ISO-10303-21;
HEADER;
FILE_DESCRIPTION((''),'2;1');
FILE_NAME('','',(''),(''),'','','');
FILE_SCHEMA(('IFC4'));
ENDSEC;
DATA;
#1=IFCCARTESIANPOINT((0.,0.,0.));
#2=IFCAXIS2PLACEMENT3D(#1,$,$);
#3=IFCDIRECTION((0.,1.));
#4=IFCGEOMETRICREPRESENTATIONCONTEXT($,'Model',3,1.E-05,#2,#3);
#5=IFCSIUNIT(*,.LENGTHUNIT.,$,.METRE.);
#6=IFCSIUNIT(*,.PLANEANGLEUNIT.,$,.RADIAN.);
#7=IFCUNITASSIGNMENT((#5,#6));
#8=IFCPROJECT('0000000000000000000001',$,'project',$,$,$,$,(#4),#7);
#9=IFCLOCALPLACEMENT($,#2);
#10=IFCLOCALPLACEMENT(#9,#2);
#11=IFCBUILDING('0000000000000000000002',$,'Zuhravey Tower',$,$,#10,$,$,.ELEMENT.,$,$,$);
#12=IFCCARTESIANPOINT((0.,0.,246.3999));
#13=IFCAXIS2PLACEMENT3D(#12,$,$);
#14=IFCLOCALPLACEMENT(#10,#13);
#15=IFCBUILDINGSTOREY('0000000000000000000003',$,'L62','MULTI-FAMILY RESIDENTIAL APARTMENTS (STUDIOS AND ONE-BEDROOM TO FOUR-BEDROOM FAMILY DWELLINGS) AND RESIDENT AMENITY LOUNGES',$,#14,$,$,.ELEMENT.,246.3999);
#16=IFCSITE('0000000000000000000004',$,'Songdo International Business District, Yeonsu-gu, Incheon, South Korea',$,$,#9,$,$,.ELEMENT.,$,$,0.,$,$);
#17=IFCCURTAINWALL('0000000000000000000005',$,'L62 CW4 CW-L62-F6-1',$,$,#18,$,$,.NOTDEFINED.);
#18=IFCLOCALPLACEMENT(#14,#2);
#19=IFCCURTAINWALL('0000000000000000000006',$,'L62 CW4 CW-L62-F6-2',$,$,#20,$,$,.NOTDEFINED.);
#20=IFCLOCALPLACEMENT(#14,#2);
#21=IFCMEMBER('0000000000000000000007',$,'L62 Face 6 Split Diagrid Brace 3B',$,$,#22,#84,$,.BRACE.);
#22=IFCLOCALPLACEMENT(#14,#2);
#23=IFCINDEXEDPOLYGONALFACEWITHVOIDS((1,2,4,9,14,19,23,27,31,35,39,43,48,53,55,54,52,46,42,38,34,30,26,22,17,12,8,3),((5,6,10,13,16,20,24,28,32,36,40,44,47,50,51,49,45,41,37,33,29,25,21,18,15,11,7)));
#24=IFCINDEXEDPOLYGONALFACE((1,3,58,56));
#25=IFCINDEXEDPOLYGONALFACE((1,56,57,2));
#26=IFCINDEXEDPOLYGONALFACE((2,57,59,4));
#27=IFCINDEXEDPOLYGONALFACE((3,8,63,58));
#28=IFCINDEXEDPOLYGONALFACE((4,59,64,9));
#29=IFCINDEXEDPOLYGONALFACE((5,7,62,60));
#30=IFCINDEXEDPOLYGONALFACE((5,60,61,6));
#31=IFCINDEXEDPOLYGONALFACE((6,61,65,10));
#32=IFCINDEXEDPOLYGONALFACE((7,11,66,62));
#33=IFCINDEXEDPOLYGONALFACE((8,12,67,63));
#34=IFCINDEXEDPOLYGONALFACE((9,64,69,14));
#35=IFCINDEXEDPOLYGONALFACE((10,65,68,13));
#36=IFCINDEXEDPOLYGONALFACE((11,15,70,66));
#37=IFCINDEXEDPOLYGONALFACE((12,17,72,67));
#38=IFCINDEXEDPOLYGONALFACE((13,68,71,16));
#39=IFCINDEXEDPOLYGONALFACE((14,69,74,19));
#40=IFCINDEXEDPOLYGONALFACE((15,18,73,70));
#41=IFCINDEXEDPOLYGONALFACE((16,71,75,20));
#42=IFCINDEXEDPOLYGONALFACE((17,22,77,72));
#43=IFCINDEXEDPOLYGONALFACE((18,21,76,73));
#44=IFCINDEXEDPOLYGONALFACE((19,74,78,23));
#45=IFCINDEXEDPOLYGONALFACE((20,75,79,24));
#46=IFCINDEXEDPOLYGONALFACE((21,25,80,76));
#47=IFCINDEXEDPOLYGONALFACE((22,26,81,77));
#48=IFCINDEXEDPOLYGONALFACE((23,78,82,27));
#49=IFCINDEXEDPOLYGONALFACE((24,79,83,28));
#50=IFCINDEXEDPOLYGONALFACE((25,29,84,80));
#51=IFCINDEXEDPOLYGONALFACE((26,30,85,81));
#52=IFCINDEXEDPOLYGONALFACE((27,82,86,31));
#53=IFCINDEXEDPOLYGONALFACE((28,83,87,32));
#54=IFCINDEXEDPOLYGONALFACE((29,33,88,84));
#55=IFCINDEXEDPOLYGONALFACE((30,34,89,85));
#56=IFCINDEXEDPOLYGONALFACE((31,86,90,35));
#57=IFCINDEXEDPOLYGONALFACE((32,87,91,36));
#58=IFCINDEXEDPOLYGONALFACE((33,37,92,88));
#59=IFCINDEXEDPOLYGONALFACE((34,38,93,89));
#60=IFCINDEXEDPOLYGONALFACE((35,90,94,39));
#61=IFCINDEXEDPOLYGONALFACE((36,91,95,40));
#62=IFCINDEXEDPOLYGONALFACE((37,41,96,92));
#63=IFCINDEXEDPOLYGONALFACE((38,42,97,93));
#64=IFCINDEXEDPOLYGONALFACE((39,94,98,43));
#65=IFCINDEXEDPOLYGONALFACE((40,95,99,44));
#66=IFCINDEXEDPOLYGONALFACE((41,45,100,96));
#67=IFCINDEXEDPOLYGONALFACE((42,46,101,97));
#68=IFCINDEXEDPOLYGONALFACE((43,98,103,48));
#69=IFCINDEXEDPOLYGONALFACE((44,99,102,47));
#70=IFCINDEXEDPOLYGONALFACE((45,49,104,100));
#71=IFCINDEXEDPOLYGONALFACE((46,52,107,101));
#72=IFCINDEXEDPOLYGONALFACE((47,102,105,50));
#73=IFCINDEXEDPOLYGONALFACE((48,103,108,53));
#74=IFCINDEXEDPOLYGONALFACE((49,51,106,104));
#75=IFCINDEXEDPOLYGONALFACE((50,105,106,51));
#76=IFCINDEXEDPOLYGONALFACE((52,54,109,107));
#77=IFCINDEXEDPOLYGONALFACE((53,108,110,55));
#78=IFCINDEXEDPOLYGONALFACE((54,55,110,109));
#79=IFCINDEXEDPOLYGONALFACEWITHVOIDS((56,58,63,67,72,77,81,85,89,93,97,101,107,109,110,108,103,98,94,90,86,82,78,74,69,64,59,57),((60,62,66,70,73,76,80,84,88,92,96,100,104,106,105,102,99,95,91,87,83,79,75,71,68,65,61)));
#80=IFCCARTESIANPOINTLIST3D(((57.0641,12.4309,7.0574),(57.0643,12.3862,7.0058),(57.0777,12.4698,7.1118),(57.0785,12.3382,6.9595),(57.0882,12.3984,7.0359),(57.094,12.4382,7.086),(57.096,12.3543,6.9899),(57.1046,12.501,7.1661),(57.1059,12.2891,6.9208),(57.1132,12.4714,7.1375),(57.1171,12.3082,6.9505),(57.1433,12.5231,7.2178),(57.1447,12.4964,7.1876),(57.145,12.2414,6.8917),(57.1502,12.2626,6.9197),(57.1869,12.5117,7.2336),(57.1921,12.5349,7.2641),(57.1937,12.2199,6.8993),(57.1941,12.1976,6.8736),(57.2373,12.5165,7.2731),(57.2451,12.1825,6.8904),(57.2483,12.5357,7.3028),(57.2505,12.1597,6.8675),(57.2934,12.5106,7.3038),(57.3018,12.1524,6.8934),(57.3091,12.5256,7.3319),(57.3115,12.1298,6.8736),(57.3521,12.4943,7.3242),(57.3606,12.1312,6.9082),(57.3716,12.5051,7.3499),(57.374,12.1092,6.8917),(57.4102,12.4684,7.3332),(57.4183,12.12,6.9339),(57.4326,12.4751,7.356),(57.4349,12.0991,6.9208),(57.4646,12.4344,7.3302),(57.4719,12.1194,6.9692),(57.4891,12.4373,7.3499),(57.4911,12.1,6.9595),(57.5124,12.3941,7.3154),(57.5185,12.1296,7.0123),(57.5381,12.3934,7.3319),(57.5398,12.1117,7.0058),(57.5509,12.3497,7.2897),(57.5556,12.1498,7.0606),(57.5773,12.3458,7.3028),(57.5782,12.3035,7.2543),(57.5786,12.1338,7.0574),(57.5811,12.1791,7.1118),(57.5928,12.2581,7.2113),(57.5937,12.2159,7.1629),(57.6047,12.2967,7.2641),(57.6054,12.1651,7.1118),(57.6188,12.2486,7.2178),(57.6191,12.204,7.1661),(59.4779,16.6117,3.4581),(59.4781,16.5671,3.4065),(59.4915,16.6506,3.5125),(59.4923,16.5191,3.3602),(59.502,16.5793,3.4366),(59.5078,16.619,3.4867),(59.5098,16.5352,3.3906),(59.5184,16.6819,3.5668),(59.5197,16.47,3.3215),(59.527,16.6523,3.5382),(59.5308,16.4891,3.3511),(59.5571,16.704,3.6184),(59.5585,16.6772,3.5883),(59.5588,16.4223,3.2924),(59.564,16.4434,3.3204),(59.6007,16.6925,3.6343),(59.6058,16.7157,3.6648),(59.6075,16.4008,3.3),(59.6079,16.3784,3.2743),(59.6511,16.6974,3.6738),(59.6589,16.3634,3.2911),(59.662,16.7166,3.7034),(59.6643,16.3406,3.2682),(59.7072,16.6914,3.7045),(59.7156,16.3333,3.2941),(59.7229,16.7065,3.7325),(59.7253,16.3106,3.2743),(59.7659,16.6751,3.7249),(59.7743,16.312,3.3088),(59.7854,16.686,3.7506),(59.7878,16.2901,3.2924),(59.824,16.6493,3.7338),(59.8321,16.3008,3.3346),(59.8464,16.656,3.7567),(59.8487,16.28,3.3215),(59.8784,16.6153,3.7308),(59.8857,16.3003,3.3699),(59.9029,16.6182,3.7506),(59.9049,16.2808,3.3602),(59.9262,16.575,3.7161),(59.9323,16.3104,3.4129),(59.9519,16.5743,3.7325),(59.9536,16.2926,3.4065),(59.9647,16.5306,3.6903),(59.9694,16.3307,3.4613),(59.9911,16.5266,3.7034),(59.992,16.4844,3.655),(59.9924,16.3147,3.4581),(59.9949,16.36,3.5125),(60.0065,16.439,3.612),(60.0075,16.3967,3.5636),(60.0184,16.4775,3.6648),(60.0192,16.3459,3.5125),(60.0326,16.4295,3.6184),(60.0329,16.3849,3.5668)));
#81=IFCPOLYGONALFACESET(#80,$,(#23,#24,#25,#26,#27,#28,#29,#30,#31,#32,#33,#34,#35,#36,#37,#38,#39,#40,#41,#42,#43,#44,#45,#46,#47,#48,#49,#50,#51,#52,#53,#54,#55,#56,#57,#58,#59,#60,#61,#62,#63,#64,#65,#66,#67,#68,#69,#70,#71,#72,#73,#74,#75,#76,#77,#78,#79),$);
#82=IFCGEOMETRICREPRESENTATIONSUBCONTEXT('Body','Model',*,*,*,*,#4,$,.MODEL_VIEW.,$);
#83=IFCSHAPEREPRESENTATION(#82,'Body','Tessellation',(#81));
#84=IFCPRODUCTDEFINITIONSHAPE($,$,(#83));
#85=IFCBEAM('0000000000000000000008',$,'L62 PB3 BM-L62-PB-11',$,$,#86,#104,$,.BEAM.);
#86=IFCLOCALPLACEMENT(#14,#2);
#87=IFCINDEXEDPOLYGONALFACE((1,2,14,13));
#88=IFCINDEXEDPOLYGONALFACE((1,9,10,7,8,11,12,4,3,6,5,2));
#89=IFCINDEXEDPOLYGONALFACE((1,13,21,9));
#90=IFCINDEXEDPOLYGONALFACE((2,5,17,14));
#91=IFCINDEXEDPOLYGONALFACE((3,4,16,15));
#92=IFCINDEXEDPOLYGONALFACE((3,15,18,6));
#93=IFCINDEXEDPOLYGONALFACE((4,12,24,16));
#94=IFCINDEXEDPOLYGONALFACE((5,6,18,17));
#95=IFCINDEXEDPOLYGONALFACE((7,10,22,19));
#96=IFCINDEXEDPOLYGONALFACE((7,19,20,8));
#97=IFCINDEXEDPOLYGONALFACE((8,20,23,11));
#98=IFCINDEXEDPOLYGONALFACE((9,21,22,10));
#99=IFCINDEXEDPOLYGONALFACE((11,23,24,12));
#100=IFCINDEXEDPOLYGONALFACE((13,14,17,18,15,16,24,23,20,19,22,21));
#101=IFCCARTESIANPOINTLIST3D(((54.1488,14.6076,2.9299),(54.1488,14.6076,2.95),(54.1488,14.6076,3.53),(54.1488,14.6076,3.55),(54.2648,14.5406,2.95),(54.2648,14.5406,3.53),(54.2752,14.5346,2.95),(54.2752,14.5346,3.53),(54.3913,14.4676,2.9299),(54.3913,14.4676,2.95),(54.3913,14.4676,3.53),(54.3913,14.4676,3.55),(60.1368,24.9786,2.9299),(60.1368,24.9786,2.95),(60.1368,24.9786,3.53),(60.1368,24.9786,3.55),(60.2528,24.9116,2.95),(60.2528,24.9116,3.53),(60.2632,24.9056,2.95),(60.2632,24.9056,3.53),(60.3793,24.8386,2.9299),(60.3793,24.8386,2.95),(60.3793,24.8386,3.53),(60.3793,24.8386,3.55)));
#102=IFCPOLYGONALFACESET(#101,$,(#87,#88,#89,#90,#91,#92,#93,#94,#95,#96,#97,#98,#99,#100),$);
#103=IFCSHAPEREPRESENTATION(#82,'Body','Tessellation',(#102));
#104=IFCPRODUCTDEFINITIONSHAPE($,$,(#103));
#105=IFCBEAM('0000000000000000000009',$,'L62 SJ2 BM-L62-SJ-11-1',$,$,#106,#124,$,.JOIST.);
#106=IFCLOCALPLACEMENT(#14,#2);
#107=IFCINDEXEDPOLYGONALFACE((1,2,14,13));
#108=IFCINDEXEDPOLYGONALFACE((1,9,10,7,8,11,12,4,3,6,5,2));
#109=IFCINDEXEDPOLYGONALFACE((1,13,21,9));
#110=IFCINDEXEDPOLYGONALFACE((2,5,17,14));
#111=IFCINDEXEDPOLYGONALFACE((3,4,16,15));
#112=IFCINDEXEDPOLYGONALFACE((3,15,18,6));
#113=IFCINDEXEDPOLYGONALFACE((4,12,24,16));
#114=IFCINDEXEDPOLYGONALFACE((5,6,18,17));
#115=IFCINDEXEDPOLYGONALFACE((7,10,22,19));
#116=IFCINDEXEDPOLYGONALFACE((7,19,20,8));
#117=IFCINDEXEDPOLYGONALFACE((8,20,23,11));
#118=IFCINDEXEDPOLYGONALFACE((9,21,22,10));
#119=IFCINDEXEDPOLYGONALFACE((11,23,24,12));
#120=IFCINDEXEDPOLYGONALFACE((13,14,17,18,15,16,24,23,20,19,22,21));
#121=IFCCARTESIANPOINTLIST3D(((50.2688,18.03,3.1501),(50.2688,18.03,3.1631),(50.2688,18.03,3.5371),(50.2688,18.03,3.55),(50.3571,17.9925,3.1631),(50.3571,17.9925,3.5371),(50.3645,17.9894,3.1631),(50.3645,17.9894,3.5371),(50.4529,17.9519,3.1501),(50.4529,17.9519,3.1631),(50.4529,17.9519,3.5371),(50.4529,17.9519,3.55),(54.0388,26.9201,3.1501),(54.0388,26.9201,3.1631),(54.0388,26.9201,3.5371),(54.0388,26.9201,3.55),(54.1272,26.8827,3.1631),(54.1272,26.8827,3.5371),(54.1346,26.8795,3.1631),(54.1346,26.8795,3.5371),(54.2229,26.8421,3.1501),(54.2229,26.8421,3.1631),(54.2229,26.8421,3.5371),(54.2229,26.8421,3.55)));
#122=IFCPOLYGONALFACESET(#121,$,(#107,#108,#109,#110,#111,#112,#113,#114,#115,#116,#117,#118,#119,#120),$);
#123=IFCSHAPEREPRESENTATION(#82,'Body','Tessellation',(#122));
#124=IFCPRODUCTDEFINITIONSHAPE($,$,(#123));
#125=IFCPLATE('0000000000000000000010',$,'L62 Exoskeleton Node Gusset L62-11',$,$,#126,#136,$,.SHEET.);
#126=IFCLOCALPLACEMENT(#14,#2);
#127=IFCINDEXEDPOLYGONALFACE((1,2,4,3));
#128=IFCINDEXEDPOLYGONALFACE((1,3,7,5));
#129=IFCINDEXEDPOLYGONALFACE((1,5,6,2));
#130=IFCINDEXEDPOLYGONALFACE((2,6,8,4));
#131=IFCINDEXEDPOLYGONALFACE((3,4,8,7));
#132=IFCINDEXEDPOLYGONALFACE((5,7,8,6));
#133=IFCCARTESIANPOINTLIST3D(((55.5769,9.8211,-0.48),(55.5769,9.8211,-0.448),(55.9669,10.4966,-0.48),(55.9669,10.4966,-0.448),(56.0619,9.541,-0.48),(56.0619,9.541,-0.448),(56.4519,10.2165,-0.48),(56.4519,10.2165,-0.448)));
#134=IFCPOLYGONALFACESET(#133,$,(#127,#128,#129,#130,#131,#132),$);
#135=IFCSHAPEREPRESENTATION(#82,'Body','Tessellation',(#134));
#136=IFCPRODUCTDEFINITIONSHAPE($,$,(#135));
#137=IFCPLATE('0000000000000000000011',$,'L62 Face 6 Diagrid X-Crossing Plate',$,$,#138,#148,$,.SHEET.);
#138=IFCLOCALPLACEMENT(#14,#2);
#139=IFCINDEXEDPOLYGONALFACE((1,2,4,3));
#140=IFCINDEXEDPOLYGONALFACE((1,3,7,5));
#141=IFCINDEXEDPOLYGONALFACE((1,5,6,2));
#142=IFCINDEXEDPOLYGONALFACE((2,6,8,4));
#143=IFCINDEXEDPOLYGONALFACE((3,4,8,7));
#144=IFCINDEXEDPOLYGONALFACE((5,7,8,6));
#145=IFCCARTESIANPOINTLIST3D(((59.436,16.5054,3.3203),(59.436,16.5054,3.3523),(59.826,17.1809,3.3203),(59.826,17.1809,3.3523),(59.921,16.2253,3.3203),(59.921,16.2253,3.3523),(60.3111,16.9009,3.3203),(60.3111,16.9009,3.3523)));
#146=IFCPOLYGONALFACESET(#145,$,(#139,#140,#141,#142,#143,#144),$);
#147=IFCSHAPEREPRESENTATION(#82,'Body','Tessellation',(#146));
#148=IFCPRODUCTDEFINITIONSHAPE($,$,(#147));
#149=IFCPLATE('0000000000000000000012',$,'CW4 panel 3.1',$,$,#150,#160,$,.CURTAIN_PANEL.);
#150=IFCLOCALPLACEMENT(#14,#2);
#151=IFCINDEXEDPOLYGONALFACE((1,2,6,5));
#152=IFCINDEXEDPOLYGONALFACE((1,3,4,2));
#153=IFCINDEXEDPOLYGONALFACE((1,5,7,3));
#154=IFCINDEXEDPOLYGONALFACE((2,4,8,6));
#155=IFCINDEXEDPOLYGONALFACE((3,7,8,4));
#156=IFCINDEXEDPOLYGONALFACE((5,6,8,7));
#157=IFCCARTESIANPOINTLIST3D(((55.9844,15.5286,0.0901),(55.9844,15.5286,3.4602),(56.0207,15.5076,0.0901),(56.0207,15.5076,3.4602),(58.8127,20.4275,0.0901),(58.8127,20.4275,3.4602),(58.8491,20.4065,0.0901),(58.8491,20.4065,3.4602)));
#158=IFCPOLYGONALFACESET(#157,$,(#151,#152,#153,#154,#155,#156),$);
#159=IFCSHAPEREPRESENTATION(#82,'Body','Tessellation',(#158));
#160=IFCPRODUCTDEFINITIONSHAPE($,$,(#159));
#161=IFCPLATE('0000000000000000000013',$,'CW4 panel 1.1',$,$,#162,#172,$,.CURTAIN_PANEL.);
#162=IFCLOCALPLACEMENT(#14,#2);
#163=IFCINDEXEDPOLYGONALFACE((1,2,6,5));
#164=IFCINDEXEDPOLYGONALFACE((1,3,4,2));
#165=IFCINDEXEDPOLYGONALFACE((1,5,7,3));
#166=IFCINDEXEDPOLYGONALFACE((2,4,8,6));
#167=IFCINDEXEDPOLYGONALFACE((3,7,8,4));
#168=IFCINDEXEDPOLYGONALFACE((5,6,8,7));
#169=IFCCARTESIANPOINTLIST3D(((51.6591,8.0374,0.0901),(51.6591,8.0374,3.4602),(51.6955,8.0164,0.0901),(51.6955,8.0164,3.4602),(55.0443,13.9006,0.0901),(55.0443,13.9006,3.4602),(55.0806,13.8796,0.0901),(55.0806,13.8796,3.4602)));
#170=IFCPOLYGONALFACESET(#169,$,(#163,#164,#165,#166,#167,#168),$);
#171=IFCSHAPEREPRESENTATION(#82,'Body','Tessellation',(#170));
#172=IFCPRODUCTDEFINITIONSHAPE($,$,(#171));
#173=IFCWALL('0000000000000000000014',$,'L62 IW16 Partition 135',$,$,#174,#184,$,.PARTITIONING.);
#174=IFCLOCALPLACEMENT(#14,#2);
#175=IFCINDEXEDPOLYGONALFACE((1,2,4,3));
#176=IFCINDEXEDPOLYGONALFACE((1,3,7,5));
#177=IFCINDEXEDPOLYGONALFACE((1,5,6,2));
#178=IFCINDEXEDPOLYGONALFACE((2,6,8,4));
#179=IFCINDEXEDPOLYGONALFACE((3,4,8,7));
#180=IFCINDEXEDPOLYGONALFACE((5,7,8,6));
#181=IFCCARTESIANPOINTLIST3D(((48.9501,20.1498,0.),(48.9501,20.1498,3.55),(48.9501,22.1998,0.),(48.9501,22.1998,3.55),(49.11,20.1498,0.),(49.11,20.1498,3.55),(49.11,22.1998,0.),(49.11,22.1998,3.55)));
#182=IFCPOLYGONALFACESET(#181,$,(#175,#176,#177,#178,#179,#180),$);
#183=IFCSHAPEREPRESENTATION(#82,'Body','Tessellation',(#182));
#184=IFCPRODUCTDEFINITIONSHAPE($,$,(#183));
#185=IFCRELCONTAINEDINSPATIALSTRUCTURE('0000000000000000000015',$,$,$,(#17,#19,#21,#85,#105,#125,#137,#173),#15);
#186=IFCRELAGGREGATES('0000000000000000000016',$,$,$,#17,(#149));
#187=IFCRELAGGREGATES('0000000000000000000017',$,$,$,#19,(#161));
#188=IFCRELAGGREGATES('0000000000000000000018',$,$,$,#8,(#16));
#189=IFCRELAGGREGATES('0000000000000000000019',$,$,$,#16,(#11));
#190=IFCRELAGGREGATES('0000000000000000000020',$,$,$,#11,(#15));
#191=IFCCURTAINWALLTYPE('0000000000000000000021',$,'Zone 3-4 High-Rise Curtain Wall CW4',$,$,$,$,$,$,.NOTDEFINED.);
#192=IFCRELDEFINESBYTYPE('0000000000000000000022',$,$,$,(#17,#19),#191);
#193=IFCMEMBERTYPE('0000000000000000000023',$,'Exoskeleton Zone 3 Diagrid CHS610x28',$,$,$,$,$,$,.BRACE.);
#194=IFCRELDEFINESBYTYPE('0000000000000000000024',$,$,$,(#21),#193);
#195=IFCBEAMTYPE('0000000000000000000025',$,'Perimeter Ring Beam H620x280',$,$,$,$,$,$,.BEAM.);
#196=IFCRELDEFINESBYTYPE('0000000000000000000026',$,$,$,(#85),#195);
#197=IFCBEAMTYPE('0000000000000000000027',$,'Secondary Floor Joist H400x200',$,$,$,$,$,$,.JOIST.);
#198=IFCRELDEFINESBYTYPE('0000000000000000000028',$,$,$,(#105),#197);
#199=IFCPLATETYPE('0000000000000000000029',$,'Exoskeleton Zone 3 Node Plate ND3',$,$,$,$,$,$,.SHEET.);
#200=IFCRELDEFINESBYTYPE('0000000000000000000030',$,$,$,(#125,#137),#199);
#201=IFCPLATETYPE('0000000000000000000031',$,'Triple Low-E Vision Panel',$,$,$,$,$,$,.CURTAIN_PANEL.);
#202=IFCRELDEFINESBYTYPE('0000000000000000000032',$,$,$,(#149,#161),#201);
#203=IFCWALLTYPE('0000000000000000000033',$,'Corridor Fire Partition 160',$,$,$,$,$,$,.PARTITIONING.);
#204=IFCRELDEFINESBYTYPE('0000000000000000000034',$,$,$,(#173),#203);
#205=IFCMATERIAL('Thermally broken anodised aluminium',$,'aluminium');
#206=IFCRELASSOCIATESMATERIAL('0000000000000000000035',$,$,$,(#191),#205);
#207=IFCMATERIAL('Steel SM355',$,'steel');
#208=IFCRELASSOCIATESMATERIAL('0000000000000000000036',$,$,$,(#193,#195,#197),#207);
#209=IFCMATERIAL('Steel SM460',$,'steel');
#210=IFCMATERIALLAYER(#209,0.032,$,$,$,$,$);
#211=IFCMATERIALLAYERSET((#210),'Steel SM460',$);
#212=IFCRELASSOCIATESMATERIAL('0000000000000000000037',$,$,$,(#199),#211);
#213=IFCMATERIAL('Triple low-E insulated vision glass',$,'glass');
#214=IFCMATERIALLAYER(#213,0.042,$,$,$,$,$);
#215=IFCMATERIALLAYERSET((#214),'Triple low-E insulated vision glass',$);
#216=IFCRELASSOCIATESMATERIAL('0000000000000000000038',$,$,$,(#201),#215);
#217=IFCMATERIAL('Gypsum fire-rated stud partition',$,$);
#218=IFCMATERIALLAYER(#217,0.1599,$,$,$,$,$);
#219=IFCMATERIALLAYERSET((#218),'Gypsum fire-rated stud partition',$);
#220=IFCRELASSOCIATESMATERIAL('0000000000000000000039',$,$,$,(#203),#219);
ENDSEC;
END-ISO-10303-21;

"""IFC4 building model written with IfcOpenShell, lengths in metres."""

from ifc_helpers import new_model, si_unit, direction, frame, frame_2d, origin, origin_2d, place, context, subcontext, project, spatial, rectangle, hollow_circle, i_section, extrude, material, layer, layer_set, material_profile, profile_set, type_object, element, aggregate, save


model = new_model("IFC4")

# Units and contexts
model_context = context("Model", 3, precision=1e-05, world=origin(), true_north=direction((0.0, 1.0)))
body_context = subcontext(model_context, "Body", "Model", "MODEL_VIEW")
ifc_project = project(units=[si_unit("LENGTHUNIT", "METRE"), si_unit("PLANEANGLEUNIT", "RADIAN")], contexts=[model_context])

# Site, building, storey
site_placement = place(None, origin())
site = spatial("IfcSite", under=ifc_project, at=site_placement, Name="Songdo International Business District, Yeonsu-gu, Incheon, South Korea", CompositionType="ELEMENT", RefElevation=0.0)
building_placement = place(site_placement, origin())
building = spatial("IfcBuilding", under=site, at=building_placement, Name="Zuhravey Tower", CompositionType="ELEMENT")
storey_placement = place(building_placement, frame((0.0, 0.0, 246.3999)))
storey = spatial("IfcBuildingStorey", under=building, at=storey_placement, Name="L62", Description="MULTI-FAMILY RESIDENTIAL APARTMENTS (STUDIOS AND ONE-BEDROOM TO FOUR-BEDROOM FAMILY DWELLINGS) AND RESIDENT AMENITY LOUNGES", CompositionType="ELEMENT", Elevation=246.3999)

# Curtain wall
ifc_material_1 = material(Name="Thermally broken anodised aluminium", Category="aluminium")
curtain_wall_type = type_object("IfcCurtainWallType", Name="Zone 3-4 High-Rise Curtain Wall CW4", PredefinedType="NOTDEFINED", material=ifc_material_1)
curtain_wall_1_placement = place(storey_placement, origin())
curtain_wall_1 = element("IfcCurtainWall", 1, at=curtain_wall_1_placement, inside=storey, type_object=curtain_wall_type, Name="L62 CW4 CW-L62-F6-1", PredefinedType="NOTDEFINED")

# Curtain wall
curtain_wall_2_placement = place(storey_placement, origin())
curtain_wall_2 = element("IfcCurtainWall", 2, at=curtain_wall_2_placement, inside=storey, type_object=curtain_wall_type, Name="L62 CW4 CW-L62-F6-2", PredefinedType="NOTDEFINED")

# Member
ifc_material_2 = material(Name="Steel SM355", Category="steel")
ifc_material_profile_1 = material_profile(ifc_material_2, hollow_circle(Radius=0.3047, WallThickness=0.0281, at=origin_2d()), Name="CHS-609.6x28")
ifc_profile_set_1 = profile_set([ifc_material_profile_1], Name="Steel SM355")
member_type_1 = type_object("IfcMemberType", Name="Exoskeleton Zone 3 Diagrid CHS610x28", PredefinedType="BRACE", material=ifc_profile_set_1)
member_1_placement = place(storey_placement, frame((59.7554, 16.4983, 3.5125), z_axis=(-0.400847, -0.694297, 0.597724), x_axis=(0.866028, -0.499995, 0.0)))
element("IfcMember", 3, at=member_1_placement, inside=storey, type_object=member_type_1, Name="L62 Face 6 Split Diagrid Brace 3B", PredefinedType="BRACE", context=body_context, shape_type="SweptSolid", body=[
    extrude(hollow_circle(Radius=0.3047, WallThickness=0.0281, at=origin_2d()), origin(), (0.0, 0.0, 1.0), 6.0217),
])

# Beams
ifc_material_profile_2 = material_profile(ifc_material_2, i_section(OverallWidth=0.28, OverallDepth=0.6201, WebThickness=0.012, FlangeThickness=0.02, at=origin_2d()), Name="H-620x280x12x20")
ifc_profile_set_2 = profile_set([ifc_material_profile_2], Name="Steel SM355")
beam_type_1 = type_object("IfcBeamType", Name="Perimeter Ring Beam H620x280", PredefinedType="BEAM", material=ifc_profile_set_2)
beam_1_placement = place(storey_placement, frame((54.27, 14.5376, 3.24), z_axis=(0.500018, 0.866015, 0.0), x_axis=(-0.866015, 0.500018, 0.0)))
element("IfcBeam", 4, at=beam_1_placement, inside=storey, type_object=beam_type_1, Name="L62 PB3 BM-L62-PB-11", PredefinedType="BEAM", context=body_context, shape_type="SweptSolid", body=[
    extrude(i_section(OverallWidth=0.28, OverallDepth=0.6201, WebThickness=0.012, FlangeThickness=0.02, at=origin_2d()), origin(), (0.0, 0.0, 1.0), 11.9756),
])
ifc_material_profile_3 = material_profile(ifc_material_2, i_section(OverallWidth=0.2, OverallDepth=0.3999, WebThickness=0.0081, FlangeThickness=0.0129, at=origin_2d()), Name="H-400x200x8x13")
ifc_profile_set_3 = profile_set([ifc_material_profile_3], Name="Steel SM355")
beam_type_2 = type_object("IfcBeamType", Name="Secondary Floor Joist H400x200", PredefinedType="JOIST", material=ifc_profile_set_3)
beam_2_placement = place(storey_placement, frame((50.3608, 17.991, 3.3501), z_axis=(0.390413, 0.92064, 0.0), x_axis=(-0.92064, 0.390413, 0.0)))
element("IfcBeam", 5, at=beam_2_placement, inside=storey, type_object=beam_type_2, Name="L62 SJ2 BM-L62-SJ-11-1", PredefinedType="JOIST", context=body_context, shape_type="SweptSolid", body=[
    extrude(i_section(OverallWidth=0.2, OverallDepth=0.3999, WebThickness=0.0081, FlangeThickness=0.0129, at=origin_2d()), origin(), (0.0, 0.0, 1.0), 9.6565),
])

# Plates
ifc_material_3 = material(Name="Steel SM460", Category="steel")
ifc_layer_1 = layer(ifc_material_3, 0.032)
ifc_layer_set_1 = layer_set([ifc_layer_1], Name="Steel SM460")
plate_type_1 = type_object("IfcPlateType", Name="Exoskeleton Zone 3 Node Plate ND3", PredefinedType="SHEET", material=ifc_layer_set_1)
for number, where, z_axis, x_axis, name in (
    (6, (56.0144, 10.0188, -0.48), (0.0, 0.0, 1.0), (0.5, 0.866025, 0.0), "L62 Exoskeleton Node Gusset L62-11"),
    (7, (59.8735, 16.7031, 3.3203), (0.0, 0.0, 1.0), (0.5, 0.866025, 0.0), "L62 Face 6 Diagrid X-Crossing Plate"),
):
    element("IfcPlate", number, at=place(storey_placement, frame(where, z_axis=z_axis, x_axis=x_axis)), inside=storey, type_object=plate_type_1, Name=name, PredefinedType="SHEET", context=body_context, shape_type="SweptSolid", body=[
        extrude(rectangle(XDim=0.78, YDim=0.5601, at=origin_2d()), origin(), (0.0, 0.0, 1.0), 0.032),
    ])

# Plates
ifc_material_4 = material(Name="Triple low-E insulated vision glass", Category="glass")
ifc_layer_2 = layer(ifc_material_4, 0.042)
ifc_layer_set_2 = layer_set([ifc_layer_2], Name="Triple low-E insulated vision glass")
plate_type_2 = type_object("IfcPlateType", Name="Triple Low-E Vision Panel", PredefinedType="CURTAIN_PANEL", material=ifc_layer_set_2)
plate_1_placement = place(storey_placement, frame((57.4167, 17.9675, 0.0901), z_axis=(0.0, 0.0, 1.0), x_axis=(-0.499999, -0.866026, 0.0)))
plate_1 = element("IfcPlate", 8, at=plate_1_placement, type_object=plate_type_2, Name="CW4 panel 3.1", PredefinedType="CURTAIN_PANEL", context=body_context, shape_type="SweptSolid", body=[
    extrude(rectangle(XDim=5.6567, YDim=0.042, at=origin_2d()), origin(), (0.0, 0.0, 1.0), 3.3701),
])
aggregate(curtain_wall_1, [plate_1])
plate_2_placement = place(storey_placement, frame((53.3699, 10.9585, 0.0901), z_axis=(0.0, 0.0, 1.0), x_axis=(-0.500003, -0.866024, 0.0)))
plate_2 = element("IfcPlate", 9, at=plate_2_placement, type_object=plate_type_2, Name="CW4 panel 1.1", PredefinedType="CURTAIN_PANEL", context=body_context, shape_type="SweptSolid", body=[
    extrude(rectangle(XDim=6.7703, YDim=0.042, at=origin_2d()), origin(), (0.0, 0.0, 1.0), 3.3701),
])
aggregate(curtain_wall_2, [plate_2])

# Wall
ifc_material_5 = material(Name="Gypsum fire-rated stud partition")
ifc_layer_3 = layer(ifc_material_5, 0.1599)
ifc_layer_set_3 = layer_set([ifc_layer_3], Name="Gypsum fire-rated stud partition")
wall_type_1 = type_object("IfcWallType", Name="Corridor Fire Partition 160", PredefinedType="PARTITIONING", material=ifc_layer_set_3)
wall_1_placement = place(storey_placement, frame((49.03, 20.1499, 0.0), z_axis=(0.0, 0.0, 1.0), x_axis=(0.0, 1.0, 0.0)))
element("IfcWall", 10, at=wall_1_placement, inside=storey, type_object=wall_type_1, Name="L62 IW16 Partition 135", PredefinedType="PARTITIONING", context=body_context, shape_type="SweptSolid", body=[
    extrude(rectangle(XDim=2.05, YDim=0.1599, at=frame_2d((1.0249, 0.0))), origin(), (0.0, 0.0, 1.0), 3.55),
])

save(model, "model.ifc")
